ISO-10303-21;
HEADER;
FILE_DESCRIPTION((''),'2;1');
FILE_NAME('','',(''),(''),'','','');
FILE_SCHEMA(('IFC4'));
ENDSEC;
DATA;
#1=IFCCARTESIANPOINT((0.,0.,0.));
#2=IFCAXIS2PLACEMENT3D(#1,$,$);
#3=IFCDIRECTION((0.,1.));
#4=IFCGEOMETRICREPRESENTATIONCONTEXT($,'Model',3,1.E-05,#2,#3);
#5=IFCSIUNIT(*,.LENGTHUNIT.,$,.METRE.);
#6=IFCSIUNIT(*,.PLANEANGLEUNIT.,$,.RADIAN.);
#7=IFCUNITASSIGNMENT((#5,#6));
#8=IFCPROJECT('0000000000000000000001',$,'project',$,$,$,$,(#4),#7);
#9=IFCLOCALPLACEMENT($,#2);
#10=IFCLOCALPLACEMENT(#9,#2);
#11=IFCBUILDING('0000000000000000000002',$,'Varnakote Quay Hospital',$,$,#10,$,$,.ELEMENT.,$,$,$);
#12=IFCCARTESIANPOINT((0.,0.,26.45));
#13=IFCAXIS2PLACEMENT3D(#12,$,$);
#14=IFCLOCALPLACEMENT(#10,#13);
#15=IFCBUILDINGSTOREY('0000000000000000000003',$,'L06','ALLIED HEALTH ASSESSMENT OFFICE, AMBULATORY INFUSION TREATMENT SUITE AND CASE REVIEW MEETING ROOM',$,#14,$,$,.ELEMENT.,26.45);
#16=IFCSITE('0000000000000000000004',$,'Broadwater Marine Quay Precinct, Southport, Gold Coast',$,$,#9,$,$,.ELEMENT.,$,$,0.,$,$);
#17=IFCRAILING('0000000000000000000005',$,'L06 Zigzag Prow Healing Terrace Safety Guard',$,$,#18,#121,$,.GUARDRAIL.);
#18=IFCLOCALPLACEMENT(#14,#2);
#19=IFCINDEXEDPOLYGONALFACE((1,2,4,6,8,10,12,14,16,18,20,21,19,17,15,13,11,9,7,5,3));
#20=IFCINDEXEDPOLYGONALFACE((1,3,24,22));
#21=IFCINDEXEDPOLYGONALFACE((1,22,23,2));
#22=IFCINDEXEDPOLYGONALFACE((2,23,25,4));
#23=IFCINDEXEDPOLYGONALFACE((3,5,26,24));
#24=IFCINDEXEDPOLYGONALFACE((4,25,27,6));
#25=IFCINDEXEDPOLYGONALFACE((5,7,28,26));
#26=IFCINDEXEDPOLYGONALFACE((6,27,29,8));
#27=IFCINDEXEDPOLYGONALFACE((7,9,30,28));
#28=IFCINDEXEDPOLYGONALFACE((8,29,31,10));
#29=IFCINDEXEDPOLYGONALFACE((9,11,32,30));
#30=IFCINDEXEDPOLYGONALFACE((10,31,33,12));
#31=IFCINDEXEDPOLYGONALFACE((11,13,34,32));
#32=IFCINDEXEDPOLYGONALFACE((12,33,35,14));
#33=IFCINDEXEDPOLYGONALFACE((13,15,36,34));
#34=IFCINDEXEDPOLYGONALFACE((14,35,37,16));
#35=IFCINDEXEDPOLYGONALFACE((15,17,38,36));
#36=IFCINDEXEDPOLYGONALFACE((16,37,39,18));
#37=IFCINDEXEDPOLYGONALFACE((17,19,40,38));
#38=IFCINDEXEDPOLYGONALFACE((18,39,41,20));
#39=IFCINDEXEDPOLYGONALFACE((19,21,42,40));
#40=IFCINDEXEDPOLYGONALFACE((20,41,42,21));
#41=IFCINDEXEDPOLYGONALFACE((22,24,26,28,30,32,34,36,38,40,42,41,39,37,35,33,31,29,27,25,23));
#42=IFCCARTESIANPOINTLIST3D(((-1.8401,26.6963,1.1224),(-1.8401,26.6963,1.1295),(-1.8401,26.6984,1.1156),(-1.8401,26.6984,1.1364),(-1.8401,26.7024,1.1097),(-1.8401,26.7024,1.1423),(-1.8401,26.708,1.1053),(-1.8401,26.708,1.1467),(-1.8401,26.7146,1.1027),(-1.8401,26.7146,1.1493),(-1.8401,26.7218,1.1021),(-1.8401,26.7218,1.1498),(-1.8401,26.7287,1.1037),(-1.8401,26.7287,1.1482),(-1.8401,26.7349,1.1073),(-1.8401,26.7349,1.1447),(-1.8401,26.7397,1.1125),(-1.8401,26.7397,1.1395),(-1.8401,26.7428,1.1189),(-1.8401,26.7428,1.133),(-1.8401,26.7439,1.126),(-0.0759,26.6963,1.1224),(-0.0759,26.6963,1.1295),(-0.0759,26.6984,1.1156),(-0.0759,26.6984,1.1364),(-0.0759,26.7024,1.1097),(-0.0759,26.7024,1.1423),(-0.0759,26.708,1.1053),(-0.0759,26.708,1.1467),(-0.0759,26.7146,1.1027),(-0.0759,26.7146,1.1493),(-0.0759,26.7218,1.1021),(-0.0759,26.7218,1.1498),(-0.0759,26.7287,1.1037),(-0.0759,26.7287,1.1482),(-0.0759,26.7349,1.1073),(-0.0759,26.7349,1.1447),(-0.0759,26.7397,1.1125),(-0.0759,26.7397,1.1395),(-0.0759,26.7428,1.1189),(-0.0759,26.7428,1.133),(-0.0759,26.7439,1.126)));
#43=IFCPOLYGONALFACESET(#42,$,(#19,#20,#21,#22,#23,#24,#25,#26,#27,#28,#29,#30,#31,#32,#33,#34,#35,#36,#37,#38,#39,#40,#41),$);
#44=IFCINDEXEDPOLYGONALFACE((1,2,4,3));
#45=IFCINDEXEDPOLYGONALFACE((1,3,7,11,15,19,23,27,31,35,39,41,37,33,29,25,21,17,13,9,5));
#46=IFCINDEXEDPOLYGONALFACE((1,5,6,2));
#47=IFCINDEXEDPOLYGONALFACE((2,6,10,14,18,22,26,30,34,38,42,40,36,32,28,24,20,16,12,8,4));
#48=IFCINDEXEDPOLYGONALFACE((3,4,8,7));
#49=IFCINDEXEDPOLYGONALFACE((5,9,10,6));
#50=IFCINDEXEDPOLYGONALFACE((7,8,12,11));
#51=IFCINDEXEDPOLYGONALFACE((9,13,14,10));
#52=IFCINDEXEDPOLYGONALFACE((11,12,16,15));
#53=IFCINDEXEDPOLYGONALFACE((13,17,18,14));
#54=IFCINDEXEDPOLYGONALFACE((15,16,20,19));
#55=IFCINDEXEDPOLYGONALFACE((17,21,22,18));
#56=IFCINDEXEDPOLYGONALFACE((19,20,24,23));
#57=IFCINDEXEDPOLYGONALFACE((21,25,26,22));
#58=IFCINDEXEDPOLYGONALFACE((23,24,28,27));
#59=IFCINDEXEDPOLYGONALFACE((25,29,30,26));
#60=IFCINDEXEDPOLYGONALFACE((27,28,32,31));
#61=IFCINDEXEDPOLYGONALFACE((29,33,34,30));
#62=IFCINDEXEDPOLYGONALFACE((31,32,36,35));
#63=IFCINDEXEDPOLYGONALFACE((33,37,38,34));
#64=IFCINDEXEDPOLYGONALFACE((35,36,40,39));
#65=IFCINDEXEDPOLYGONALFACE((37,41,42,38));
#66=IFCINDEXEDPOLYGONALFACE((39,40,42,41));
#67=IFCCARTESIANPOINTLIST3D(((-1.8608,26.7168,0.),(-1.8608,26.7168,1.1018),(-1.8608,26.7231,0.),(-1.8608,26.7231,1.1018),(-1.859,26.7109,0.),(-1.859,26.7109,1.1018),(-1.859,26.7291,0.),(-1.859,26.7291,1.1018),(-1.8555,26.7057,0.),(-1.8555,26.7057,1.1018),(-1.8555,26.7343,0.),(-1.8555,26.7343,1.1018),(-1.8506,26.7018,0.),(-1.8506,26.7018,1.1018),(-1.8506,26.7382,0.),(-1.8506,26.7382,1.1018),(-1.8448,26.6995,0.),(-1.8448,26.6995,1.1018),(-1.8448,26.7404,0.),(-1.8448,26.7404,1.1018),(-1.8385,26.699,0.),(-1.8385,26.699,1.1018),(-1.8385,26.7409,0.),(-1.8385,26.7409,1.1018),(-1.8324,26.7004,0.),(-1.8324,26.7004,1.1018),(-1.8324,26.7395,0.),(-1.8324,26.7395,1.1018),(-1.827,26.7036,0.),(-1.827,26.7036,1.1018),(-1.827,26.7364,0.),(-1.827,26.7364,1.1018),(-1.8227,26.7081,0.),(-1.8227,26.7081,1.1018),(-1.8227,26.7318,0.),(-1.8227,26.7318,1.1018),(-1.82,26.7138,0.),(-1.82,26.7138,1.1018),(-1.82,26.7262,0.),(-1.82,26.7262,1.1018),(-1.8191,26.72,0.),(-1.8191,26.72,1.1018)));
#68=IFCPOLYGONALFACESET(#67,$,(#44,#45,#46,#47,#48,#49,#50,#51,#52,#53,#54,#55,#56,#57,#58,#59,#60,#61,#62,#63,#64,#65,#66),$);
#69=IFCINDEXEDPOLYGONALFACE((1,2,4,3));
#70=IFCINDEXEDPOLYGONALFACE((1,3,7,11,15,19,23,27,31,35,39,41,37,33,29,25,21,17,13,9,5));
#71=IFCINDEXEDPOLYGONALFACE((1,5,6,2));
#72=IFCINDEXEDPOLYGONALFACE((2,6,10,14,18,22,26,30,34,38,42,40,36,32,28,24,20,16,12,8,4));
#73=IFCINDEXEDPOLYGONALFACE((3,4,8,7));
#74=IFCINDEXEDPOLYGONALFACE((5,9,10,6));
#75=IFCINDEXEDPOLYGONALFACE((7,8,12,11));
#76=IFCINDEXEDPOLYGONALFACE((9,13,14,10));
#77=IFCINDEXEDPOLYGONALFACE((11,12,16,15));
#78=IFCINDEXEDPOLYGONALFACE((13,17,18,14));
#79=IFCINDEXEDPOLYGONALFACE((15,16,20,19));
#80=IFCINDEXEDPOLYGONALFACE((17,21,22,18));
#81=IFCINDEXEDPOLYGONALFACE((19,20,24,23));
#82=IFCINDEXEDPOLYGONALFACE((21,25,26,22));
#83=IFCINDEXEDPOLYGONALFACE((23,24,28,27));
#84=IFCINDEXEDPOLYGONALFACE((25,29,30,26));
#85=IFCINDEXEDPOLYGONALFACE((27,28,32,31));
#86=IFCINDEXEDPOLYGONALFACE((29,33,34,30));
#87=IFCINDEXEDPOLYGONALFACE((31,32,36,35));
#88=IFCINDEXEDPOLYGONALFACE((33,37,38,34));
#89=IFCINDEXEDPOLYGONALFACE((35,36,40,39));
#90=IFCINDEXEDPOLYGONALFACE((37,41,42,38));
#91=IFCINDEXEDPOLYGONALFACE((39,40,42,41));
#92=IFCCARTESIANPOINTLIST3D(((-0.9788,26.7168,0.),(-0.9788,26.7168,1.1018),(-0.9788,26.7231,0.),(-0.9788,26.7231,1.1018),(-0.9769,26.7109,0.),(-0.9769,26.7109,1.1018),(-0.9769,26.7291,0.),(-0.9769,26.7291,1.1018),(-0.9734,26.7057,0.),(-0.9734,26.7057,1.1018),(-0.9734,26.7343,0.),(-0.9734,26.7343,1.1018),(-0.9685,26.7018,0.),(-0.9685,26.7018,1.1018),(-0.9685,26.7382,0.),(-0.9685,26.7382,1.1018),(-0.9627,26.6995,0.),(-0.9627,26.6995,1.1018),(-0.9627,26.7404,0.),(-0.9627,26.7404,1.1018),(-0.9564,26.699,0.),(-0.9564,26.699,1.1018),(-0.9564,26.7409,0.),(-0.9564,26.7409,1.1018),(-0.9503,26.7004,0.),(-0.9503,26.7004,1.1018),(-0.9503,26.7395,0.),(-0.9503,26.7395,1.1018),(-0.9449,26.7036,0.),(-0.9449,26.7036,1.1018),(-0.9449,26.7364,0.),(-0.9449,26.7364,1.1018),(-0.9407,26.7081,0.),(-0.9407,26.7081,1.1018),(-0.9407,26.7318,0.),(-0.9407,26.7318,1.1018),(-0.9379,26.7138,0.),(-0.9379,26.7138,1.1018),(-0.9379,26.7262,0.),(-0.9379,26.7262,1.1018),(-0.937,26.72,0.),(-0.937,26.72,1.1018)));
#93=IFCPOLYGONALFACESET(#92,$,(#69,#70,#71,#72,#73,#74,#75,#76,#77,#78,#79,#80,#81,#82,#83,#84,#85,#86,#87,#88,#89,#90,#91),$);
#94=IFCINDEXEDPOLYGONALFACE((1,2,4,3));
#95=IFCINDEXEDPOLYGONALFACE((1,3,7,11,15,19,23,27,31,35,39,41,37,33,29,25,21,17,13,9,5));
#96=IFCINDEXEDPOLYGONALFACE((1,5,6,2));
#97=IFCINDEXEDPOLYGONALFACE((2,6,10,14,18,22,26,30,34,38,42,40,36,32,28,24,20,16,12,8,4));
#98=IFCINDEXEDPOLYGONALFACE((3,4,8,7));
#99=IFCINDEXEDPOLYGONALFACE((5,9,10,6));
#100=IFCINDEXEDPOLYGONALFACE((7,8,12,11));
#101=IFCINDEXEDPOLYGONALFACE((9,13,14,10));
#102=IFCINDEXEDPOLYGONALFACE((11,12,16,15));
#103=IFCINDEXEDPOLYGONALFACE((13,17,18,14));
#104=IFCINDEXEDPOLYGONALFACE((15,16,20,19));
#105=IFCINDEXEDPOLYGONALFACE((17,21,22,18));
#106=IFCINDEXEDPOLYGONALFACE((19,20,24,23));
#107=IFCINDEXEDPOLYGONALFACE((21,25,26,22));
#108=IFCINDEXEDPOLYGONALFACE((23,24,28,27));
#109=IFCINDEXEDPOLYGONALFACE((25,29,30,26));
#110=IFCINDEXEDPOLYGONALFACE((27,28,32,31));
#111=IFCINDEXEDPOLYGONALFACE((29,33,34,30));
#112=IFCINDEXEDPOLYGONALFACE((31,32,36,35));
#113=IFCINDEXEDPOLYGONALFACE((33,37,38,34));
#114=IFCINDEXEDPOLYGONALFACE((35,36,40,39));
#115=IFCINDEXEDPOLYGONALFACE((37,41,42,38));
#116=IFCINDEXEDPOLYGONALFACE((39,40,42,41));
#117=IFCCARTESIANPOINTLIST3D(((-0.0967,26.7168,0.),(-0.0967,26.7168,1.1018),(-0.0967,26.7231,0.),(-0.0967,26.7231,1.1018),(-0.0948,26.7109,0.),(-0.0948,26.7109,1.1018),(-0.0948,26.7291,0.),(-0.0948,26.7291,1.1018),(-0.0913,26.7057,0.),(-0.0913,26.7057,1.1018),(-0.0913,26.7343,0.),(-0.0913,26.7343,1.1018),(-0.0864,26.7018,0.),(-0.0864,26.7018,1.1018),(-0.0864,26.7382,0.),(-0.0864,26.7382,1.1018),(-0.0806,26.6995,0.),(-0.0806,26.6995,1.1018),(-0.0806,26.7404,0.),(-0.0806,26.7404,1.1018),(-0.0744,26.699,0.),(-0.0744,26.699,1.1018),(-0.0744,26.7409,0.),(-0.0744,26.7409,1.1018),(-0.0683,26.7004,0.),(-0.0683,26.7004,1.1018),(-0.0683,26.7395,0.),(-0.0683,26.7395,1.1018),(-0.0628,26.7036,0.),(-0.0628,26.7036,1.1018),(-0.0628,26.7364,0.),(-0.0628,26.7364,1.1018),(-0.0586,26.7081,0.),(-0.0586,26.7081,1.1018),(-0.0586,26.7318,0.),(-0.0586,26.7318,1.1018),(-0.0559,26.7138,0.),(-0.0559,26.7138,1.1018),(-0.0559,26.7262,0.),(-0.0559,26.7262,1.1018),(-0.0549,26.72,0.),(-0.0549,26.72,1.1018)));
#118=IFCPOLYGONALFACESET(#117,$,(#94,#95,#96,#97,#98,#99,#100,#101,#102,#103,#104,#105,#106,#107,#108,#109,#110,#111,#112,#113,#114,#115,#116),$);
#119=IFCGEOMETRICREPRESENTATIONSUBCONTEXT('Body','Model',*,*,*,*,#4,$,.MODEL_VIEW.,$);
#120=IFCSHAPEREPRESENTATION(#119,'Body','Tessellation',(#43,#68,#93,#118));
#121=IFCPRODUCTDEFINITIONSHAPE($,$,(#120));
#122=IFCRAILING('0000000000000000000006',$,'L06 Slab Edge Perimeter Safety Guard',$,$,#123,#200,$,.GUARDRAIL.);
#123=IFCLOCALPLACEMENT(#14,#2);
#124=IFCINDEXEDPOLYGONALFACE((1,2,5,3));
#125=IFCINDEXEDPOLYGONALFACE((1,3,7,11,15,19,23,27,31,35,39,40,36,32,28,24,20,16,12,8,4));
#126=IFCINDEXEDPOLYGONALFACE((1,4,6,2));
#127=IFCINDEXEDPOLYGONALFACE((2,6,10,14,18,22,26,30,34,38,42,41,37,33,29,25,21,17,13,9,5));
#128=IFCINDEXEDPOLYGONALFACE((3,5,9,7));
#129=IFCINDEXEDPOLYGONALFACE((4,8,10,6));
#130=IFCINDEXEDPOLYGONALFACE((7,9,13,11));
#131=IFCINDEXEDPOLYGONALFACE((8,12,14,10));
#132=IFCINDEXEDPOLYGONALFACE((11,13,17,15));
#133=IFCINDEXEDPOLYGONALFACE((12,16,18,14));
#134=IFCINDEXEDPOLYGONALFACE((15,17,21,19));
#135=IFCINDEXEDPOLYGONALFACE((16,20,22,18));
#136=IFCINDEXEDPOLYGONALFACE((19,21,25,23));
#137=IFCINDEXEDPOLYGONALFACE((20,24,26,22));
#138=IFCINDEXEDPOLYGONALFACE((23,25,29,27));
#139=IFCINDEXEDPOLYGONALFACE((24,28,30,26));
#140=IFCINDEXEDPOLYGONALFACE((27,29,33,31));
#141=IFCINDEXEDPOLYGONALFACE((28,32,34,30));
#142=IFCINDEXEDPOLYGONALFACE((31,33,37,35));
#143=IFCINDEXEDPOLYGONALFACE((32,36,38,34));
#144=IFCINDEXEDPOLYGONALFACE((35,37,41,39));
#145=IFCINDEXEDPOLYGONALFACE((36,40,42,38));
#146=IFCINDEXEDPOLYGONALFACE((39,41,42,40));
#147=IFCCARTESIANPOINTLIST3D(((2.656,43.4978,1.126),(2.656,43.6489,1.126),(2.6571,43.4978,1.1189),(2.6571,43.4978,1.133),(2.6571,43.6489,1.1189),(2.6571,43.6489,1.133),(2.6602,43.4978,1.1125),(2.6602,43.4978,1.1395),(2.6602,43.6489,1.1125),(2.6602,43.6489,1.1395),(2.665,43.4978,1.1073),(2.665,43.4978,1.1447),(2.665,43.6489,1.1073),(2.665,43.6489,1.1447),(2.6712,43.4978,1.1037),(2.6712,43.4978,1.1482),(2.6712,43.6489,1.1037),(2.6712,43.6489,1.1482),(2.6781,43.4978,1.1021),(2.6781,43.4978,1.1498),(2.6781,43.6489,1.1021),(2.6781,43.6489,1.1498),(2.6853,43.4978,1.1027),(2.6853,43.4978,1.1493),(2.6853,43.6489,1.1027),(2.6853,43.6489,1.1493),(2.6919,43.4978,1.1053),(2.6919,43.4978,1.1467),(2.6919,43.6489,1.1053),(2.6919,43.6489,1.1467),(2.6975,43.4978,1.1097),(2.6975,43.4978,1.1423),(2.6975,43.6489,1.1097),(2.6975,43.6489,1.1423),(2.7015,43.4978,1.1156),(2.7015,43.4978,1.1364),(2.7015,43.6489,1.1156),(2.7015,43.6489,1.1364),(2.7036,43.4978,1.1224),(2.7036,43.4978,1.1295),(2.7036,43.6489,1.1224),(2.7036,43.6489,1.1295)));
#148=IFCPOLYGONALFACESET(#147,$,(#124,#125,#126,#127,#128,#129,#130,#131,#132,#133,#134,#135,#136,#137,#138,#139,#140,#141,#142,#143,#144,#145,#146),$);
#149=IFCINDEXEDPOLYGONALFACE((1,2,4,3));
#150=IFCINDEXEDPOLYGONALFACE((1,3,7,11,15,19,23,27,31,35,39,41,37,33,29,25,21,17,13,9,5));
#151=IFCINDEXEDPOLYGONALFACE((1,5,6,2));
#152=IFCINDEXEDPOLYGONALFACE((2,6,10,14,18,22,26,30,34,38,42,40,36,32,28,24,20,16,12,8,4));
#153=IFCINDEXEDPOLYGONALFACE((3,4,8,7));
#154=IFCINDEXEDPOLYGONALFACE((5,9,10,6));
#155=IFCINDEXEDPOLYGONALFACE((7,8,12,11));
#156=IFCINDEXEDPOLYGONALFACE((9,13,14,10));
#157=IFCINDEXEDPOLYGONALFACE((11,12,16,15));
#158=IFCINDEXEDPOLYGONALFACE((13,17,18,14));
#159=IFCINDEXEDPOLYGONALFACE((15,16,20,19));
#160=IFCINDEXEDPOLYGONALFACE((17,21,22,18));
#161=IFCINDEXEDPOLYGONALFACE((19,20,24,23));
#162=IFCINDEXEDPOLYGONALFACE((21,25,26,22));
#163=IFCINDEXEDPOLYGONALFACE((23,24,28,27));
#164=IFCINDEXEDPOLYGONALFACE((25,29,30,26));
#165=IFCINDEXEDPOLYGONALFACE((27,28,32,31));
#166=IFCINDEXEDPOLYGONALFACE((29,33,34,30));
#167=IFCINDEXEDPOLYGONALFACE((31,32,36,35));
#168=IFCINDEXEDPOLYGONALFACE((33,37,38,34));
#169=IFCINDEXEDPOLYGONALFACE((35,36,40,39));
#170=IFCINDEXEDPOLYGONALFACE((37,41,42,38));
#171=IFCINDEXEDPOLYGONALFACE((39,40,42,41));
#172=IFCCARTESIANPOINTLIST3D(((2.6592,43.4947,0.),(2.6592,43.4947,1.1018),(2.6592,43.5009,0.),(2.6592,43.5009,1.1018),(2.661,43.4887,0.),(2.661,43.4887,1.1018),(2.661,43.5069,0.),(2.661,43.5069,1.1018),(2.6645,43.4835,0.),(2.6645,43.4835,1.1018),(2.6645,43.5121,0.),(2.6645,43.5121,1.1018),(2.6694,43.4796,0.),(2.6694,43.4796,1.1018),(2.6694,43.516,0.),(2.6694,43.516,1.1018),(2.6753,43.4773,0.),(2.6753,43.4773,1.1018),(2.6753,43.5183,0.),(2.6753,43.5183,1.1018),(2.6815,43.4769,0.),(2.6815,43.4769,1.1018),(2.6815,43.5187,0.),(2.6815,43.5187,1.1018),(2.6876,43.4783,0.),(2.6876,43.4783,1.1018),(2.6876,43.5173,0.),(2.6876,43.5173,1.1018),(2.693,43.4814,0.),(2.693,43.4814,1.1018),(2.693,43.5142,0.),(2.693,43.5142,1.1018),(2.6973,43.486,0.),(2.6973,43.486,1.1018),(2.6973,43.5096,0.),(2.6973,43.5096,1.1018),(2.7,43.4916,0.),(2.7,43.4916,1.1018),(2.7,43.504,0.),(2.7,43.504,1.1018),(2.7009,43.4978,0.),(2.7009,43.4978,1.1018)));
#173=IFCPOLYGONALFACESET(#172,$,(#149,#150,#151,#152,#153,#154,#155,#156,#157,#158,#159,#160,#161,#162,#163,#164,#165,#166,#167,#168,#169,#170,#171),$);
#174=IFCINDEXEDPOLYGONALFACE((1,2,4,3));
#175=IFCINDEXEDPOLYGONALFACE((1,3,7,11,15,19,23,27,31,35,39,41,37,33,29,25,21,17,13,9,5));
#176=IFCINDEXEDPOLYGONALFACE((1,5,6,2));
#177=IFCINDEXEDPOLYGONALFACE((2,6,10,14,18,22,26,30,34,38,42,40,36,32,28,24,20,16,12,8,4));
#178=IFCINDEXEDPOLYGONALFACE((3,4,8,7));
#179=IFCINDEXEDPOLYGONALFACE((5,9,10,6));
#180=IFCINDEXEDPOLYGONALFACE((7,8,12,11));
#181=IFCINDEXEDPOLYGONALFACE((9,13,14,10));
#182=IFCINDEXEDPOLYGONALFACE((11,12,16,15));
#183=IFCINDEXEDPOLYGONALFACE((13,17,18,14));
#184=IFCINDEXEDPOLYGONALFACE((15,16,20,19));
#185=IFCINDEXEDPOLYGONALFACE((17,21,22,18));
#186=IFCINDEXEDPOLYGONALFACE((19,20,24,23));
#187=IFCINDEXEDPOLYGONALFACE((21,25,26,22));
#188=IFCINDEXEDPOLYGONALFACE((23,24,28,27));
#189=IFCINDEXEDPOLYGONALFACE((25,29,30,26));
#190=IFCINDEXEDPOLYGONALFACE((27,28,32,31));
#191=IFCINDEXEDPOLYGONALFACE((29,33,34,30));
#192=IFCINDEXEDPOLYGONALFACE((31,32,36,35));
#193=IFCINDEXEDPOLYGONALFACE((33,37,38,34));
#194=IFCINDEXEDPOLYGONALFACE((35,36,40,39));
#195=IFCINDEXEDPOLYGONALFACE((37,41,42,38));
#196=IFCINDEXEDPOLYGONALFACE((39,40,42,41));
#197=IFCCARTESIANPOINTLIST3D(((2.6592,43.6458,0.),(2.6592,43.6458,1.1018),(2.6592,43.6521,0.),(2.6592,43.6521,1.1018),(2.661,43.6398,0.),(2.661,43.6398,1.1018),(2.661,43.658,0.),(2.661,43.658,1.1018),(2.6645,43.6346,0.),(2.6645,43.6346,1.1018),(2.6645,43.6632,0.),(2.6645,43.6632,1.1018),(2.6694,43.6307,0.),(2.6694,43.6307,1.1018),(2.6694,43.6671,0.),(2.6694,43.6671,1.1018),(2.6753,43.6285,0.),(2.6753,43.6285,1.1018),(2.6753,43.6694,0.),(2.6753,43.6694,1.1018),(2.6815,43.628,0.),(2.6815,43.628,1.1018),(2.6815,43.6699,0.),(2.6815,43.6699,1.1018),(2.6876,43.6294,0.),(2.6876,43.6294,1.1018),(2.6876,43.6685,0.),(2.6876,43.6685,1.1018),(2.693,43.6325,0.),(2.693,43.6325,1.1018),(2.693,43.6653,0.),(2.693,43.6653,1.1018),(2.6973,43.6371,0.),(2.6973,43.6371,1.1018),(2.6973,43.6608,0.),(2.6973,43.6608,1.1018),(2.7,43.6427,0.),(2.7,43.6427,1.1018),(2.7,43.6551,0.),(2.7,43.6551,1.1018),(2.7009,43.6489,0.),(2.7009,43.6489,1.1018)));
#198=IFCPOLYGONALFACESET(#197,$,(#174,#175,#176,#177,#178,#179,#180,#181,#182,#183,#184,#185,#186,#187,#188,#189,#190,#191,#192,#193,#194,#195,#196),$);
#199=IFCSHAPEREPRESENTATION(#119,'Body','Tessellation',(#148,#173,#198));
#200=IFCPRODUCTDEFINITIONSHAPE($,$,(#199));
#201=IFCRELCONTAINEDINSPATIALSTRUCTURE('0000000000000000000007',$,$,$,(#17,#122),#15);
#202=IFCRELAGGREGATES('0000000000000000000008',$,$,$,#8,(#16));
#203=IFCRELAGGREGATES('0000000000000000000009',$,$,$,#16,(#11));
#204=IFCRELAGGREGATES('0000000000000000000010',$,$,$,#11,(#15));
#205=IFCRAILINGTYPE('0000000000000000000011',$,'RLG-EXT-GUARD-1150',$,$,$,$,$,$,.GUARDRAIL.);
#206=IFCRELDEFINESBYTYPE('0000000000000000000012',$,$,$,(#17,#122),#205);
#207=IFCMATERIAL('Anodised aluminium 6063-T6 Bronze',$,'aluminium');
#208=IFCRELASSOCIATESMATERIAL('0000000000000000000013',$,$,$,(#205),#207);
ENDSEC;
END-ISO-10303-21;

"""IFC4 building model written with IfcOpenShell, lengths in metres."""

from ifc_helpers import new_model, si_unit, direction, frame, origin, origin_2d, place, context, subcontext, project, spatial, circle, extrude, material, type_object, element, save


model = new_model("IFC4")

# Units and contexts
model_context = context("Model", 3, precision=1e-05, world=origin(), true_north=direction((0.0, 1.0)))
body_context = subcontext(model_context, "Body", "Model", "MODEL_VIEW")
ifc_project = project(units=[si_unit("LENGTHUNIT", "METRE"), si_unit("PLANEANGLEUNIT", "RADIAN")], contexts=[model_context])

# Site, building, storey
site_placement = place(None, origin())
site = spatial("IfcSite", under=ifc_project, at=site_placement, Name="Broadwater Marine Quay Precinct, Southport, Gold Coast", CompositionType="ELEMENT", RefElevation=0.0)
building_placement = place(site_placement, origin())
building = spatial("IfcBuilding", under=site, at=building_placement, Name="Varnakote Quay Hospital", CompositionType="ELEMENT")
storey_placement = place(building_placement, frame((0.0, 0.0, 26.45)))
storey = spatial("IfcBuildingStorey", under=building, at=storey_placement, Name="L06", Description="ALLIED HEALTH ASSESSMENT OFFICE, AMBULATORY INFUSION TREATMENT SUITE AND CASE REVIEW MEETING ROOM", CompositionType="ELEMENT", Elevation=26.45)

# Railings
ifc_material_1 = material(Name="Anodised aluminium 6063-T6 Bronze", Category="aluminium")
railing_type = type_object("IfcRailingType", Name="RLG-EXT-GUARD-1150", PredefinedType="GUARDRAIL", material=ifc_material_1)
railing_1_placement = place(storey_placement, frame((-1.8401, 26.72, 0.0)))
element("IfcRailing", 1, at=railing_1_placement, inside=storey, type_object=railing_type, Name="L06 Zigzag Prow Healing Terrace Safety Guard", PredefinedType="GUARDRAIL", context=body_context, shape_type="SweptSolid", body=[
    extrude(circle(Radius=0.0239, at=origin_2d()), frame((0.0, 0.0, 1.126), z_axis=(1.0, 0.0, 0.0), x_axis=(0.0, 1.0, 0.0)), (0.0, 0.0, 1.0), 1.7642),
    extrude(circle(Radius=0.021, at=origin_2d()), origin(), (0.0, 0.0, 1.0), 1.1018),
    extrude(circle(Radius=0.021, at=origin_2d()), frame((0.8821, 0.0, 0.0)), (0.0, 0.0, 1.0), 1.1018),
    extrude(circle(Radius=0.021, at=origin_2d()), frame((1.7642, 0.0, 0.0)), (0.0, 0.0, 1.0), 1.1018),
])
railing_2_placement = place(storey_placement, frame((2.6799, 43.4978, 0.0)))
element("IfcRailing", 2, at=railing_2_placement, inside=storey, type_object=railing_type, Name="L06 Slab Edge Perimeter Safety Guard", PredefinedType="GUARDRAIL", context=body_context, shape_type="SweptSolid", body=[
    extrude(circle(Radius=0.0239, at=origin_2d()), frame((0.0, 0.0, 1.126), z_axis=(0.0, 1.0, 0.0), x_axis=(-1.0, 0.0, 0.0)), (0.0, 0.0, 1.0), 0.1511),
    extrude(circle(Radius=0.021, at=origin_2d()), origin(), (0.0, 0.0, 1.0), 1.1018),
    extrude(circle(Radius=0.021, at=origin_2d()), frame((0.0, 0.1511, 0.0)), (0.0, 0.0, 1.0), 1.1018),
])

save(model, "model.ifc")
